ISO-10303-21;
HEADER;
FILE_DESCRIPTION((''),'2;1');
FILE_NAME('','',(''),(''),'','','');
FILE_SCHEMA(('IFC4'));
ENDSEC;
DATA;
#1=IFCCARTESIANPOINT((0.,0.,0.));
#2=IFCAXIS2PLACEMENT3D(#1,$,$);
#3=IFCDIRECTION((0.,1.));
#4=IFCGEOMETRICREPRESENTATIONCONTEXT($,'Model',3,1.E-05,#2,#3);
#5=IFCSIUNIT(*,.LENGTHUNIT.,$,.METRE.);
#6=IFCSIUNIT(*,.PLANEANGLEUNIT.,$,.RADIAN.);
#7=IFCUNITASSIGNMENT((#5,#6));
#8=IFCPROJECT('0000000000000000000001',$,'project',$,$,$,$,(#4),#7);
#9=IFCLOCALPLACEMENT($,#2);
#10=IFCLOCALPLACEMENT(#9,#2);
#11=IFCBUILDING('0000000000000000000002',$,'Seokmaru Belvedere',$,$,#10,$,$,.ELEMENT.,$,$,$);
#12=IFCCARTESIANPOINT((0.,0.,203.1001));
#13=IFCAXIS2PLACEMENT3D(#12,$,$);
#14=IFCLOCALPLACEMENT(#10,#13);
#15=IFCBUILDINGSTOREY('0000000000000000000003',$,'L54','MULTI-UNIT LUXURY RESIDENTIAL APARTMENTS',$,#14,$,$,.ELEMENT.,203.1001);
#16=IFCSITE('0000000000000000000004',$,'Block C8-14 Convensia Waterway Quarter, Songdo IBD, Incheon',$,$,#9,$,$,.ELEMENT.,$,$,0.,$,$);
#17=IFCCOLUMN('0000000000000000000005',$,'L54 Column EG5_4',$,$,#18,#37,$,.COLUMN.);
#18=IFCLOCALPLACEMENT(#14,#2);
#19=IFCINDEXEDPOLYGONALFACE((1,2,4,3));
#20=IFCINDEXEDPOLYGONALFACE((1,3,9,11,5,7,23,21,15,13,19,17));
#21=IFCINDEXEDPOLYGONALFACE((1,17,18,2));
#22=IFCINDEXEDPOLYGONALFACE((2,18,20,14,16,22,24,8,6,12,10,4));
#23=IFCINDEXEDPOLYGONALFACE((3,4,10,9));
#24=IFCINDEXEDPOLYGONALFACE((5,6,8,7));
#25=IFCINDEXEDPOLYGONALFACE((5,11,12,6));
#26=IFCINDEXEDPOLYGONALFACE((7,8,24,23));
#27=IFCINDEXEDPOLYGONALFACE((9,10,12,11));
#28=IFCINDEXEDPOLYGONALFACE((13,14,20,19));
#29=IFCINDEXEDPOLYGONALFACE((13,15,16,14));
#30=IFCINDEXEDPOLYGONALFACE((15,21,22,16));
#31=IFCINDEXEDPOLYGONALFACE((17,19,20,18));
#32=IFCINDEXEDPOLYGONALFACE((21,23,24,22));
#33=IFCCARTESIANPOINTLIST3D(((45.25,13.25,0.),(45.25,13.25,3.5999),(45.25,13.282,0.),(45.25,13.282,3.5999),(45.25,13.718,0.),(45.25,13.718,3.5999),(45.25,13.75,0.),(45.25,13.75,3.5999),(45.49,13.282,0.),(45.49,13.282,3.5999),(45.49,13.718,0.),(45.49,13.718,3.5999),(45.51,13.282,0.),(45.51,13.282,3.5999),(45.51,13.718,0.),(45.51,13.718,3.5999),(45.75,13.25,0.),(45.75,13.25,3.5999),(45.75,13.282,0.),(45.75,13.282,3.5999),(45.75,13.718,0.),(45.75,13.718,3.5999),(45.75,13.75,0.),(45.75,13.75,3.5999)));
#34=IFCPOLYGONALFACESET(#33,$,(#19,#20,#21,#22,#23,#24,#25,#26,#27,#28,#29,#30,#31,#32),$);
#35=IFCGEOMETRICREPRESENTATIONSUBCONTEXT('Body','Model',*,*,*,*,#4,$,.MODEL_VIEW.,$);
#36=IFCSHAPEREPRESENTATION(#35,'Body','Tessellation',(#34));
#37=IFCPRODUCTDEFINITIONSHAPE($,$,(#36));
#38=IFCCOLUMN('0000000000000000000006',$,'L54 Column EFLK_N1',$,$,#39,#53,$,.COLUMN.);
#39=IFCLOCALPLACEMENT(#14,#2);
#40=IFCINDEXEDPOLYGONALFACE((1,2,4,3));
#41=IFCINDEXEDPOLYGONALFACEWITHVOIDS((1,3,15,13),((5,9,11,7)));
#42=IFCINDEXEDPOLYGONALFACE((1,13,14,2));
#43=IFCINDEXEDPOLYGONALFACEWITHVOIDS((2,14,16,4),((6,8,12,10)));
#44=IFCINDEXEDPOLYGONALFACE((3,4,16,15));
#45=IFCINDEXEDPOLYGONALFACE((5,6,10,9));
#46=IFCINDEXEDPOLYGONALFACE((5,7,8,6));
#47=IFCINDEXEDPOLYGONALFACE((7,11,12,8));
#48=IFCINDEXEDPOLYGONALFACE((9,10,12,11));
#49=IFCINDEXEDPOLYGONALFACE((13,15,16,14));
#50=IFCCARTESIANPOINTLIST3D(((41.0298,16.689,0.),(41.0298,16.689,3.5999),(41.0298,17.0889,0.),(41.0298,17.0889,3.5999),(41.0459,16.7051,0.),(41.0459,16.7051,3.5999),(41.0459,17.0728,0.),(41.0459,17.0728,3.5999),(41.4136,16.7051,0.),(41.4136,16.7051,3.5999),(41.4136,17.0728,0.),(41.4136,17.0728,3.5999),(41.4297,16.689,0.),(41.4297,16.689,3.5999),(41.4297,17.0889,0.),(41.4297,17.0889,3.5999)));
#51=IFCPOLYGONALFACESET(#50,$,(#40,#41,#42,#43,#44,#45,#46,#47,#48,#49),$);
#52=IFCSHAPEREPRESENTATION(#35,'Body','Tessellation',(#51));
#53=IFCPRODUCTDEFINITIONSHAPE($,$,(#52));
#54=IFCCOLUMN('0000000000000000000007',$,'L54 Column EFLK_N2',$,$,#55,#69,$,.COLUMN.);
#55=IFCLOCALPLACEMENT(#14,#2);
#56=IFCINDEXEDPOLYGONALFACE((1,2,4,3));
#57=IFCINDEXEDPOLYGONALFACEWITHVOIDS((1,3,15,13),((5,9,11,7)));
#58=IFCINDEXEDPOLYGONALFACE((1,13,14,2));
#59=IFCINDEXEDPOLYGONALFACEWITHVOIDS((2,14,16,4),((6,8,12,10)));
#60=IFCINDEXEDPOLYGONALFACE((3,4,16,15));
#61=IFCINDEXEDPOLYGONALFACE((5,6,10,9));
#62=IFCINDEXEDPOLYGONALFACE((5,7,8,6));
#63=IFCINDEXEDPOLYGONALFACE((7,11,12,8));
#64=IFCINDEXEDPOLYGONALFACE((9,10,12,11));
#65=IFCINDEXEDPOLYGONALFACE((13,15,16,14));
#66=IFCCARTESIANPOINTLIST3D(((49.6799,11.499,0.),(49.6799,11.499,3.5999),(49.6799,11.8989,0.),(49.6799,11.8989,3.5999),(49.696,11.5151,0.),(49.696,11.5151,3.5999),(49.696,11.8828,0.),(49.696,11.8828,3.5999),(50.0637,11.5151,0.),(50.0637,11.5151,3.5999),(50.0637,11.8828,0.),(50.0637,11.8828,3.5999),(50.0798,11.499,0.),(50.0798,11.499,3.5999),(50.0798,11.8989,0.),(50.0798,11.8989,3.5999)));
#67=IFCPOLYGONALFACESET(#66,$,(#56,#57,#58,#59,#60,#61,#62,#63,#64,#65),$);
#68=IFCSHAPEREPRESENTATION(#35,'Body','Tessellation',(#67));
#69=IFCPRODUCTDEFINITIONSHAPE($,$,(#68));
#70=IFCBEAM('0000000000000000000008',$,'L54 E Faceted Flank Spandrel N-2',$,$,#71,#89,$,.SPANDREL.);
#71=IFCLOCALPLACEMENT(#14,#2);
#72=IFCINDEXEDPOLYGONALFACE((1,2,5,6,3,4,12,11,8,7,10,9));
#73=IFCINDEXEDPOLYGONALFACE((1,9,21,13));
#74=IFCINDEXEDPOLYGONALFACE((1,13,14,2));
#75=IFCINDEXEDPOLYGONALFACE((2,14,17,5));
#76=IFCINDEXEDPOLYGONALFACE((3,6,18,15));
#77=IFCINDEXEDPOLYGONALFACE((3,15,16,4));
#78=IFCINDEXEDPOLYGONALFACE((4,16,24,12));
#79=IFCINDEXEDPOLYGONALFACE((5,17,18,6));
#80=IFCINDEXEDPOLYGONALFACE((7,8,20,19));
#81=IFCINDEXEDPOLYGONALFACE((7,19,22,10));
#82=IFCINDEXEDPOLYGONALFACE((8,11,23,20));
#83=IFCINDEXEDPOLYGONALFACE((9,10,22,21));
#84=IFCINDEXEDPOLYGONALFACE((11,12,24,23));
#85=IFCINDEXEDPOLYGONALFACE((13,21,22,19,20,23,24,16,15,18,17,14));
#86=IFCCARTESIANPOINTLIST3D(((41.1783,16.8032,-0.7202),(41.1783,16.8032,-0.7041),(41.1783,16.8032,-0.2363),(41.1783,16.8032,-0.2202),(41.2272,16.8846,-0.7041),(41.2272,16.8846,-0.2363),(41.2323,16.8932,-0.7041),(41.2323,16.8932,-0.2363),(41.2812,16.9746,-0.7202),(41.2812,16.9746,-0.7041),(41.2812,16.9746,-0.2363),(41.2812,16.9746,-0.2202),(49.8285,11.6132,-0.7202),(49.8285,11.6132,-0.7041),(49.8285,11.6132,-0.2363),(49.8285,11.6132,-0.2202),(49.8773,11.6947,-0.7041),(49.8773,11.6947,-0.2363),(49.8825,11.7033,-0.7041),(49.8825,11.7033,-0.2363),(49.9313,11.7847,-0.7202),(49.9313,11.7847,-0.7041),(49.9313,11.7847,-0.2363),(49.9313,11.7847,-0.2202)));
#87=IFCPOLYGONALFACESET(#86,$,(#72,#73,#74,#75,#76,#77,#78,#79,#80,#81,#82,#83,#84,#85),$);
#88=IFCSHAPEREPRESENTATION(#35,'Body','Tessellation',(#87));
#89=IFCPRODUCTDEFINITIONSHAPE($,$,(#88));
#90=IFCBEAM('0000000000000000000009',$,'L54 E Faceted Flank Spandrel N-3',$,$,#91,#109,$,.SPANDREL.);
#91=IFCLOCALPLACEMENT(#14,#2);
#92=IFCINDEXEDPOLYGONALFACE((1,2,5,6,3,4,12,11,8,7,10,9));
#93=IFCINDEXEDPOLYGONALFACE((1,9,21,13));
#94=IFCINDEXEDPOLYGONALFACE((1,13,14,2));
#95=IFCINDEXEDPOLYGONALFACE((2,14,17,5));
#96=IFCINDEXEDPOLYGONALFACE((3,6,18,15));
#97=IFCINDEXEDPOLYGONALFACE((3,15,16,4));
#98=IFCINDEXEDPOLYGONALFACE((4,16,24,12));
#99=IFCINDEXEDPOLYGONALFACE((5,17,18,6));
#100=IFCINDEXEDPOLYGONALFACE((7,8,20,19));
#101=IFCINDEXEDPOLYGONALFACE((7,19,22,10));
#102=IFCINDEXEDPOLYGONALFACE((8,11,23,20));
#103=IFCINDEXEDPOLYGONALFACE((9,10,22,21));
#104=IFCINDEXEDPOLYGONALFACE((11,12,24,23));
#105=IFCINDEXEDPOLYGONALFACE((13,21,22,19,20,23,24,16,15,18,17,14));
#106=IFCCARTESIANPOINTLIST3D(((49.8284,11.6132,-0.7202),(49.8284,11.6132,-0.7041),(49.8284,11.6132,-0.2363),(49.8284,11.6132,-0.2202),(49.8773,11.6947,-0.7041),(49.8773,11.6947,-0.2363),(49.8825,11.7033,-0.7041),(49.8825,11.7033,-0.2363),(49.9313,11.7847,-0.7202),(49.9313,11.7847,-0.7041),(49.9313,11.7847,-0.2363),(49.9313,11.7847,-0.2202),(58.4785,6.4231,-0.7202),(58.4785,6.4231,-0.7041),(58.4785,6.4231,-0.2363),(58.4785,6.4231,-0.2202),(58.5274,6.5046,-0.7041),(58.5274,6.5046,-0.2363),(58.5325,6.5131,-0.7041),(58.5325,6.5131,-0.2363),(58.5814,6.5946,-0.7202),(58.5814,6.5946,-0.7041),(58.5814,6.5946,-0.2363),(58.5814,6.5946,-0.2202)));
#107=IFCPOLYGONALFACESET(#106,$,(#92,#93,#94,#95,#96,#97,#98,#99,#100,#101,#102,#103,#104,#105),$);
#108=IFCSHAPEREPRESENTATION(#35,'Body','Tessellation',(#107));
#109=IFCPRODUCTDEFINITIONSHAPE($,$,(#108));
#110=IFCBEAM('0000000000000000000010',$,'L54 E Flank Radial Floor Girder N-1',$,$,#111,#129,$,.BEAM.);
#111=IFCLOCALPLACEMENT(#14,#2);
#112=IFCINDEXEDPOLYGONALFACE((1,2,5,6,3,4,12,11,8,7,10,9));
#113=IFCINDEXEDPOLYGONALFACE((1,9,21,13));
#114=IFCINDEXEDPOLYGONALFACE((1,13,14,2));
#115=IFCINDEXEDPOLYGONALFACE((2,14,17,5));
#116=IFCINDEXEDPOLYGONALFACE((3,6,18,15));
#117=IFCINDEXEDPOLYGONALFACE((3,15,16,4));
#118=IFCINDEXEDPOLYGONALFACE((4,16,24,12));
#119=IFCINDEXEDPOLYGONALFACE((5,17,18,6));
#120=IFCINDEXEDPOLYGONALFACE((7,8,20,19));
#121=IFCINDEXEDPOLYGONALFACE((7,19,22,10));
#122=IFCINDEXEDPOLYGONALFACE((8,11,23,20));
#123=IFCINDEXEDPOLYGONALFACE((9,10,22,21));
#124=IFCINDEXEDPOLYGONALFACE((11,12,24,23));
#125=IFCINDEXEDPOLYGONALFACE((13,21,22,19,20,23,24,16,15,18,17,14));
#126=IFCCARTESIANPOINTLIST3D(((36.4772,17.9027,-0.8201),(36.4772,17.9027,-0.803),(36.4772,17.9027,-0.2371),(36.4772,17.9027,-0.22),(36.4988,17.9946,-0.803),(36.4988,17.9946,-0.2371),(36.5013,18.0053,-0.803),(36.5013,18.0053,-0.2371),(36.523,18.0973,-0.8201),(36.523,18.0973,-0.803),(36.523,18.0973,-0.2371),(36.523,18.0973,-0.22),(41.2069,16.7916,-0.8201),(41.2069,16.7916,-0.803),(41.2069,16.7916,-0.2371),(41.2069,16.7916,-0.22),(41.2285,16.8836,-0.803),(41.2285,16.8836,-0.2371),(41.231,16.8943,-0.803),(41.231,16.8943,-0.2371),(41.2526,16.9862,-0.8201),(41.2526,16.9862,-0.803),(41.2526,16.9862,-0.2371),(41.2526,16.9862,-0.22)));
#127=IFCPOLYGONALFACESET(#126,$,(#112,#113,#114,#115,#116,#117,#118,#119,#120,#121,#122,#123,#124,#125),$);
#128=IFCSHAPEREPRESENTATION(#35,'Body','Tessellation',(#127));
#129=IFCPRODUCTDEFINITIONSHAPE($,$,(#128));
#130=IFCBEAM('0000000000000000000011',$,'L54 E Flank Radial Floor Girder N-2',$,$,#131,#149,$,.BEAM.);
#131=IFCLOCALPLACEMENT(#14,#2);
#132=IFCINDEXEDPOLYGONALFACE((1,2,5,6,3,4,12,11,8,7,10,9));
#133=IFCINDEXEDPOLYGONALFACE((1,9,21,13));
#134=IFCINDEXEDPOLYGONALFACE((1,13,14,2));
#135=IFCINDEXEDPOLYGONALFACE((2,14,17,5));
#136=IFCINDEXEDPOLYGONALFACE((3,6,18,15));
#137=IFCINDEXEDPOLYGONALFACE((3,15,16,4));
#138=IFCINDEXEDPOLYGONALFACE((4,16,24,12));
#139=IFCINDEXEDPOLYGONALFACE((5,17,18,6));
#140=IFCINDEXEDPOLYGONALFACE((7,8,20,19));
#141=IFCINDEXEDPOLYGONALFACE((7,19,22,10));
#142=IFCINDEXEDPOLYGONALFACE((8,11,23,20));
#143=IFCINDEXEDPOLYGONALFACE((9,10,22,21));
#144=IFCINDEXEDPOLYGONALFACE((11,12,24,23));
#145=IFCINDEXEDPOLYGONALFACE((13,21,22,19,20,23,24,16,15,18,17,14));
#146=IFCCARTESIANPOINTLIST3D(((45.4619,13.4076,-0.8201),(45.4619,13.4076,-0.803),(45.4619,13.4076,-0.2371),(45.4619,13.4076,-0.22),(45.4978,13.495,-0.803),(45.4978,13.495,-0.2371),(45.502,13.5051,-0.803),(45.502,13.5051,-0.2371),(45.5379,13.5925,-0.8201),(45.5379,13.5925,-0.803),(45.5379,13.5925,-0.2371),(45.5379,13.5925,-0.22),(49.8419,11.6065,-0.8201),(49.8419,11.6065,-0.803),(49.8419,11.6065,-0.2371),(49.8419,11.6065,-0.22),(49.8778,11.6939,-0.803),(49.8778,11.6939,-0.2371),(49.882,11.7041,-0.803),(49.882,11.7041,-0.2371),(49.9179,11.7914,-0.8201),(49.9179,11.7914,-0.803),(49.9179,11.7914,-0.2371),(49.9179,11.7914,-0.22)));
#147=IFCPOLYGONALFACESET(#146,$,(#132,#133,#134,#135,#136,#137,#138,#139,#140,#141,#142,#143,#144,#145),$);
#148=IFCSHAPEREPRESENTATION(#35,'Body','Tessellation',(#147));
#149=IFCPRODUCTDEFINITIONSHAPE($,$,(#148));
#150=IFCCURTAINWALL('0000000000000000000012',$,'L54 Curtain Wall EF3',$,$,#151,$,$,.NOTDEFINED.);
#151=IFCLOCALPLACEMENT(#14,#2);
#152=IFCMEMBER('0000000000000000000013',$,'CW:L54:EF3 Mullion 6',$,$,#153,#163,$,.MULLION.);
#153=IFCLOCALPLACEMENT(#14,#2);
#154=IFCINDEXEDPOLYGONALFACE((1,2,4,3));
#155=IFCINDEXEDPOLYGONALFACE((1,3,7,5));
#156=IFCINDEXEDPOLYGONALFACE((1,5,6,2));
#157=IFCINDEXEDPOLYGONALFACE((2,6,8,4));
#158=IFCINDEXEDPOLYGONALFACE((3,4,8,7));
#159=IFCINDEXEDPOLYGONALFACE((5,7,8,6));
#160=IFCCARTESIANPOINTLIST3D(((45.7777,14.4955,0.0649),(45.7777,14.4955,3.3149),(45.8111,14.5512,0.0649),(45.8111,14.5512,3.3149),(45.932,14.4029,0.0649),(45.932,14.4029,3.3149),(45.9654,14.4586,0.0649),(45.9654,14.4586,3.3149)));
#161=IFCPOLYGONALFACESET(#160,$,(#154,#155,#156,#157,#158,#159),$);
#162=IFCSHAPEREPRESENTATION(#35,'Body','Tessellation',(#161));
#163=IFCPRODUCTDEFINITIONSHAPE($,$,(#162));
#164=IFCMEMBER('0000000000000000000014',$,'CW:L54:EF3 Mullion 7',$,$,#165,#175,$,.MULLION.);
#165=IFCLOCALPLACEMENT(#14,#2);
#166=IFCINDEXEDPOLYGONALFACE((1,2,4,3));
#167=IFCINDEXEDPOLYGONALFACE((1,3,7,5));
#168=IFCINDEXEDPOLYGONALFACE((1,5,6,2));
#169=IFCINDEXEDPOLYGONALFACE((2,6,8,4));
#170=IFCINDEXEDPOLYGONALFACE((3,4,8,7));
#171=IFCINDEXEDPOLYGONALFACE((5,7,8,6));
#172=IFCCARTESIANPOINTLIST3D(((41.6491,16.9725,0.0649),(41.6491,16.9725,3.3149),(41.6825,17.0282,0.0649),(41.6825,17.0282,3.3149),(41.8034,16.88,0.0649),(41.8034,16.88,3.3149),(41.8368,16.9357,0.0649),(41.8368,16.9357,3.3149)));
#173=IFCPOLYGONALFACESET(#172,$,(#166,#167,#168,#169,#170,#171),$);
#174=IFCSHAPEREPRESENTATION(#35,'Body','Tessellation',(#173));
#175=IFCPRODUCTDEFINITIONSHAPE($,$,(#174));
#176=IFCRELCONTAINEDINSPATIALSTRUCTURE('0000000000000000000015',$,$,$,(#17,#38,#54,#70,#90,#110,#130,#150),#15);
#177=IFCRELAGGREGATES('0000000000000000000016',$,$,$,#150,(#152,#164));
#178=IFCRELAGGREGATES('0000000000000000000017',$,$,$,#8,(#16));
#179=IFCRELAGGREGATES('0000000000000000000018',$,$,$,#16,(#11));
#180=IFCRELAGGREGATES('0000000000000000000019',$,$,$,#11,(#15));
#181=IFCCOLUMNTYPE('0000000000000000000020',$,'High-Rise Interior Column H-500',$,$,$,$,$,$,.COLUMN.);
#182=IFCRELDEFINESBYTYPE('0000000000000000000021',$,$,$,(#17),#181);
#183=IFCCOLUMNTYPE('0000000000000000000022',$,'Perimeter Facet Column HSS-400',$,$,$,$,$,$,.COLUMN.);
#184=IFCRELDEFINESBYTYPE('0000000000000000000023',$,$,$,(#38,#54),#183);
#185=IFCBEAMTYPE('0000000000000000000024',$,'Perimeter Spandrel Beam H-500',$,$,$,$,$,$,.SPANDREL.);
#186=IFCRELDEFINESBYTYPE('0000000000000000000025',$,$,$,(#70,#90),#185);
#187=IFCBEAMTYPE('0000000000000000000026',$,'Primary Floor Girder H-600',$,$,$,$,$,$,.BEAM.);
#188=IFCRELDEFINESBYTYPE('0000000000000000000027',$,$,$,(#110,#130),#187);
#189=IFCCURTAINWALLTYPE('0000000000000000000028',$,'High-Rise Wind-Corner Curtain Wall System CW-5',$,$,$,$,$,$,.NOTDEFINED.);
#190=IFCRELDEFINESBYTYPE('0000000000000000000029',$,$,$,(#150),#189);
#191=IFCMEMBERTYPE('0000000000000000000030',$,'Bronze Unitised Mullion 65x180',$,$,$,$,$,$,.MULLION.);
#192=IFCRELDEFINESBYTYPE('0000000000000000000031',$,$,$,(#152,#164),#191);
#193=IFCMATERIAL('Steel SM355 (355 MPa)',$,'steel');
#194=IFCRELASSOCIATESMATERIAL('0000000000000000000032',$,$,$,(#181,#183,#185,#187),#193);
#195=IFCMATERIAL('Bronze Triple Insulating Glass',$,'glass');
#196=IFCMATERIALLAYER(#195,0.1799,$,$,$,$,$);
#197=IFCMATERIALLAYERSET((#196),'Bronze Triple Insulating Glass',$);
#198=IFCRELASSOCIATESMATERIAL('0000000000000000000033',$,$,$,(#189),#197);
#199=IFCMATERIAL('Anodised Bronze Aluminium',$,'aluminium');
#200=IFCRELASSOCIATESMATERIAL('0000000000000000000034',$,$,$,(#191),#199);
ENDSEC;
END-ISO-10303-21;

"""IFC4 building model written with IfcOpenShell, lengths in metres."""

from ifc_helpers import new_model, si_unit, direction, frame, origin, origin_2d, place, context, subcontext, project, spatial, rectangle, hollow_rectangle, i_section, extrude, source, transform, mapped, material, layer, layer_set, material_profile, profile_set, type_object, type_shapes, element, aggregate, save


model = new_model("IFC4")

# Units and contexts
model_context = context("Model", 3, precision=1e-05, world=origin(), true_north=direction((0.0, 1.0)))
body_context = subcontext(model_context, "Body", "Model", "MODEL_VIEW")
ifc_project = project(units=[si_unit("LENGTHUNIT", "METRE"), si_unit("PLANEANGLEUNIT", "RADIAN")], contexts=[model_context])

# Site, building, storey
site_placement = place(None, origin())
site = spatial("IfcSite", under=ifc_project, at=site_placement, Name="Block C8-14 Convensia Waterway Quarter, Songdo IBD, Incheon", CompositionType="ELEMENT", RefElevation=0.0)
building_placement = place(site_placement, origin())
building = spatial("IfcBuilding", under=site, at=building_placement, Name="Seokmaru Belvedere", CompositionType="ELEMENT")
storey_placement = place(building_placement, frame((0.0, 0.0, 203.1001)))
storey = spatial("IfcBuildingStorey", under=building, at=storey_placement, Name="L54", Description="MULTI-UNIT LUXURY RESIDENTIAL APARTMENTS", CompositionType="ELEMENT", Elevation=203.1001)

# Columns
ifc_material_1 = material(Name="Steel SM355 (355 MPa)", Category="steel")
ifc_material_profile_1 = material_profile(ifc_material_1, i_section(OverallWidth=0.5, OverallDepth=0.5, WebThickness=0.02, FlangeThickness=0.032, at=origin_2d()), Name="H-500x500x20x32")
ifc_profile_set_1 = profile_set([ifc_material_profile_1], Name="Steel SM355 (355 MPa)")
column_type_1 = type_object("IfcColumnType", Name="High-Rise Interior Column H-500", PredefinedType="COLUMN", material=ifc_profile_set_1)
shared_shape_1 = source(origin(), body_context, "Body", "SweptSolid", [
    extrude(i_section(OverallWidth=0.5, OverallDepth=0.5, WebThickness=0.02, FlangeThickness=0.032, at=origin_2d()), origin(), (0.0, 0.0, 1.0), 3.5999),
])
type_shapes(column_type_1, [shared_shape_1])
column_placement = place(storey_placement, frame((45.5, 13.5, 0.0), z_axis=(0.0, 0.0, 1.0), x_axis=(1.0, 0.0, 0.0)))
element("IfcColumn", 1, at=column_placement, inside=storey, type_object=column_type_1, Name="L54 Column EG5_4", PredefinedType="COLUMN", context=body_context, shape_type="MappedRepresentation", body=[
    mapped(shared_shape_1, transform((0.0, 0.0, 0.0), scale=1.0)),
])
ifc_material_profile_2 = material_profile(ifc_material_1, hollow_rectangle(XDim=0.3999, YDim=0.3999, WallThickness=0.0161, at=origin_2d()), Name="HSS-400x400x16")
ifc_profile_set_2 = profile_set([ifc_material_profile_2], Name="Steel SM355 (355 MPa)")
column_type_2 = type_object("IfcColumnType", Name="Perimeter Facet Column HSS-400", PredefinedType="COLUMN", material=ifc_profile_set_2)
shared_shape_2 = source(origin(), body_context, "Body", "SweptSolid", [
    extrude(hollow_rectangle(XDim=0.3999, YDim=0.3999, WallThickness=0.0161, at=origin_2d()), origin(), (0.0, 0.0, 1.0), 3.5999),
])
type_shapes(column_type_2, [shared_shape_2])
for number, where, z_axis, x_axis, name in (
    (2, (41.2297, 16.8889, 0.0), (0.0, 0.0, 1.0), (1.0, 0.0, 0.0), "L54 Column EFLK_N1"),
    (3, (49.8799, 11.699, 0.0), (0.0, 0.0, 1.0), (1.0, 0.0, 0.0), "L54 Column EFLK_N2"),
):
    element("IfcColumn", number, at=place(storey_placement, frame(where, z_axis=z_axis, x_axis=x_axis)), inside=storey, type_object=column_type_2, Name=name, PredefinedType="COLUMN", context=body_context, shape_type="MappedRepresentation", body=[
        mapped(shared_shape_2, transform((0.0, 0.0, 0.0), scale=1.0)),
    ])

# Beams
ifc_material_profile_3 = material_profile(ifc_material_1, i_section(OverallWidth=0.2, OverallDepth=0.5, WebThickness=0.01, FlangeThickness=0.0161, at=origin_2d()), Name="H-500x200x10x16")
ifc_profile_set_3 = profile_set([ifc_material_profile_3], Name="Steel SM355 (355 MPa)")
beam_type_1 = type_object("IfcBeamType", Name="Perimeter Spandrel Beam H-500", PredefinedType="SPANDREL", material=ifc_profile_set_3)
shared_shape_3 = source(origin(), body_context, "Body", "SweptSolid", [
    extrude(i_section(OverallWidth=0.2, OverallDepth=0.5, WebThickness=0.01, FlangeThickness=0.0161, at=origin_2d()), origin(), (0.0, 0.0, 1.0), 10.0876),
])
type_shapes(beam_type_1, [shared_shape_3])
for number, where, z_axis, x_axis, name in (
    (4, (41.2297, 16.8889, -0.4702), (0.857499, -0.514485, 0.0), (0.514485, 0.857499, 0.0), "L54 E Faceted Flank Spandrel N-2"),
    (5, (49.8799, 11.699, -0.4702), (0.857489, -0.514503, 0.0), (0.514503, 0.857489, 0.0), "L54 E Faceted Flank Spandrel N-3"),
):
    element("IfcBeam", number, at=place(storey_placement, frame(where, z_axis=z_axis, x_axis=x_axis)), inside=storey, type_object=beam_type_1, Name=name, PredefinedType="SPANDREL", context=body_context, shape_type="MappedRepresentation", body=[
        mapped(shared_shape_3, transform((0.0, 0.0, 0.0), scale=1.0)),
    ])
ifc_material_profile_4 = material_profile(ifc_material_1, i_section(OverallWidth=0.2, OverallDepth=0.6001, WebThickness=0.011, FlangeThickness=0.0171, at=origin_2d()), Name="H-600x200x11x17")
ifc_profile_set_4 = profile_set([ifc_material_profile_4], Name="Steel SM355 (355 MPa)")
beam_type_2 = type_object("IfcBeamType", Name="Primary Floor Girder H-600", PredefinedType="BEAM", material=ifc_profile_set_4)
shared_shape_4 = source(origin(), body_context, "Body", "SweptSolid", [
    extrude(i_section(OverallWidth=0.2, OverallDepth=0.6001, WebThickness=0.011, FlangeThickness=0.0171, at=origin_2d()), origin(), (0.0, 0.0, 1.0), 4.8584),
])
beam_1_placement = place(storey_placement, frame((41.2297, 16.8889, -0.52), z_axis=(-0.973499, 0.228689, 0.0), x_axis=(-0.228689, -0.973499, 0.0)))
element("IfcBeam", 6, at=beam_1_placement, inside=storey, type_object=beam_type_2, Name="L54 E Flank Radial Floor Girder N-1", PredefinedType="BEAM", context=body_context, shape_type="MappedRepresentation", body=[
    mapped(shared_shape_4, transform((0.0, 0.0, 0.0), scale=1.0)),
])
shared_shape_5 = source(origin(), body_context, "Body", "SweptSolid", [
    extrude(i_section(OverallWidth=0.2, OverallDepth=0.6001, WebThickness=0.011, FlangeThickness=0.0171, at=origin_2d()), origin(), (0.0, 0.0, 1.0), 4.7358),
])
type_shapes(beam_type_2, [shared_shape_4, shared_shape_5])
beam_2_placement = place(storey_placement, frame((49.8799, 11.699, -0.52), z_axis=(-0.924861, 0.380306, 0.0), x_axis=(-0.380306, -0.924861, 0.0)))
element("IfcBeam", 7, at=beam_2_placement, inside=storey, type_object=beam_type_2, Name="L54 E Flank Radial Floor Girder N-2", PredefinedType="BEAM", context=body_context, shape_type="MappedRepresentation", body=[
    mapped(shared_shape_5, transform((0.0, 0.0, 0.0), scale=1.0)),
])

# Curtain wall, members
ifc_material_2 = material(Name="Bronze Triple Insulating Glass", Category="glass")
ifc_layer_1 = layer(ifc_material_2, 0.1799)
ifc_layer_set_1 = layer_set([ifc_layer_1], Name="Bronze Triple Insulating Glass")
curtain_wall_type = type_object("IfcCurtainWallType", Name="High-Rise Wind-Corner Curtain Wall System CW-5", PredefinedType="NOTDEFINED", material=ifc_layer_set_1)
curtain_wall_placement = place(storey_placement, origin())
curtain_wall = element("IfcCurtainWall", 8, at=curtain_wall_placement, inside=storey, type_object=curtain_wall_type, Name="L54 Curtain Wall EF3", PredefinedType="NOTDEFINED")
ifc_material_3 = material(Name="Anodised Bronze Aluminium", Category="aluminium")
ifc_material_profile_5 = material_profile(ifc_material_3, rectangle(XDim=0.0649, YDim=0.1799, at=origin_2d()), Name="CW-M-65x180")
ifc_profile_set_5 = profile_set([ifc_material_profile_5], Name="Anodised Bronze Aluminium")
member_type = type_object("IfcMemberType", Name="Bronze Unitised Mullion 65x180", PredefinedType="MULLION", material=ifc_profile_set_5)
shared_shape_6 = source(origin(), body_context, "Body", "SweptSolid", [
    extrude(rectangle(XDim=0.0649, YDim=0.1799, at=origin_2d()), origin(), (0.0, 0.0, 1.0), 3.25),
])
type_shapes(member_type, [shared_shape_6])
member_1_placement = place(storey_placement, frame((45.8716, 14.4771, 0.0649), z_axis=(0.0, 0.0, 1.0), x_axis=(-0.514495, -0.857493, 0.0)))
member_1 = element("IfcMember", 9, at=member_1_placement, type_object=member_type, Name="CW:L54:EF3 Mullion 6", PredefinedType="MULLION", context=body_context, shape_type="MappedRepresentation", body=[
    mapped(shared_shape_6, transform((0.0, 0.0, 0.0), scale=1.0)),
])
member_2_placement = place(storey_placement, frame((41.7429, 16.9541, 0.0649), z_axis=(0.0, 0.0, 1.0), x_axis=(-0.514495, -0.857493, 0.0)))
member_2 = element("IfcMember", 10, at=member_2_placement, type_object=member_type, Name="CW:L54:EF3 Mullion 7", PredefinedType="MULLION", context=body_context, shape_type="MappedRepresentation", body=[
    mapped(shared_shape_6, transform((0.0, 0.0, 0.0), scale=1.0)),
])
aggregate(curtain_wall, [member_1, member_2])

save(model, "model.ifc")
